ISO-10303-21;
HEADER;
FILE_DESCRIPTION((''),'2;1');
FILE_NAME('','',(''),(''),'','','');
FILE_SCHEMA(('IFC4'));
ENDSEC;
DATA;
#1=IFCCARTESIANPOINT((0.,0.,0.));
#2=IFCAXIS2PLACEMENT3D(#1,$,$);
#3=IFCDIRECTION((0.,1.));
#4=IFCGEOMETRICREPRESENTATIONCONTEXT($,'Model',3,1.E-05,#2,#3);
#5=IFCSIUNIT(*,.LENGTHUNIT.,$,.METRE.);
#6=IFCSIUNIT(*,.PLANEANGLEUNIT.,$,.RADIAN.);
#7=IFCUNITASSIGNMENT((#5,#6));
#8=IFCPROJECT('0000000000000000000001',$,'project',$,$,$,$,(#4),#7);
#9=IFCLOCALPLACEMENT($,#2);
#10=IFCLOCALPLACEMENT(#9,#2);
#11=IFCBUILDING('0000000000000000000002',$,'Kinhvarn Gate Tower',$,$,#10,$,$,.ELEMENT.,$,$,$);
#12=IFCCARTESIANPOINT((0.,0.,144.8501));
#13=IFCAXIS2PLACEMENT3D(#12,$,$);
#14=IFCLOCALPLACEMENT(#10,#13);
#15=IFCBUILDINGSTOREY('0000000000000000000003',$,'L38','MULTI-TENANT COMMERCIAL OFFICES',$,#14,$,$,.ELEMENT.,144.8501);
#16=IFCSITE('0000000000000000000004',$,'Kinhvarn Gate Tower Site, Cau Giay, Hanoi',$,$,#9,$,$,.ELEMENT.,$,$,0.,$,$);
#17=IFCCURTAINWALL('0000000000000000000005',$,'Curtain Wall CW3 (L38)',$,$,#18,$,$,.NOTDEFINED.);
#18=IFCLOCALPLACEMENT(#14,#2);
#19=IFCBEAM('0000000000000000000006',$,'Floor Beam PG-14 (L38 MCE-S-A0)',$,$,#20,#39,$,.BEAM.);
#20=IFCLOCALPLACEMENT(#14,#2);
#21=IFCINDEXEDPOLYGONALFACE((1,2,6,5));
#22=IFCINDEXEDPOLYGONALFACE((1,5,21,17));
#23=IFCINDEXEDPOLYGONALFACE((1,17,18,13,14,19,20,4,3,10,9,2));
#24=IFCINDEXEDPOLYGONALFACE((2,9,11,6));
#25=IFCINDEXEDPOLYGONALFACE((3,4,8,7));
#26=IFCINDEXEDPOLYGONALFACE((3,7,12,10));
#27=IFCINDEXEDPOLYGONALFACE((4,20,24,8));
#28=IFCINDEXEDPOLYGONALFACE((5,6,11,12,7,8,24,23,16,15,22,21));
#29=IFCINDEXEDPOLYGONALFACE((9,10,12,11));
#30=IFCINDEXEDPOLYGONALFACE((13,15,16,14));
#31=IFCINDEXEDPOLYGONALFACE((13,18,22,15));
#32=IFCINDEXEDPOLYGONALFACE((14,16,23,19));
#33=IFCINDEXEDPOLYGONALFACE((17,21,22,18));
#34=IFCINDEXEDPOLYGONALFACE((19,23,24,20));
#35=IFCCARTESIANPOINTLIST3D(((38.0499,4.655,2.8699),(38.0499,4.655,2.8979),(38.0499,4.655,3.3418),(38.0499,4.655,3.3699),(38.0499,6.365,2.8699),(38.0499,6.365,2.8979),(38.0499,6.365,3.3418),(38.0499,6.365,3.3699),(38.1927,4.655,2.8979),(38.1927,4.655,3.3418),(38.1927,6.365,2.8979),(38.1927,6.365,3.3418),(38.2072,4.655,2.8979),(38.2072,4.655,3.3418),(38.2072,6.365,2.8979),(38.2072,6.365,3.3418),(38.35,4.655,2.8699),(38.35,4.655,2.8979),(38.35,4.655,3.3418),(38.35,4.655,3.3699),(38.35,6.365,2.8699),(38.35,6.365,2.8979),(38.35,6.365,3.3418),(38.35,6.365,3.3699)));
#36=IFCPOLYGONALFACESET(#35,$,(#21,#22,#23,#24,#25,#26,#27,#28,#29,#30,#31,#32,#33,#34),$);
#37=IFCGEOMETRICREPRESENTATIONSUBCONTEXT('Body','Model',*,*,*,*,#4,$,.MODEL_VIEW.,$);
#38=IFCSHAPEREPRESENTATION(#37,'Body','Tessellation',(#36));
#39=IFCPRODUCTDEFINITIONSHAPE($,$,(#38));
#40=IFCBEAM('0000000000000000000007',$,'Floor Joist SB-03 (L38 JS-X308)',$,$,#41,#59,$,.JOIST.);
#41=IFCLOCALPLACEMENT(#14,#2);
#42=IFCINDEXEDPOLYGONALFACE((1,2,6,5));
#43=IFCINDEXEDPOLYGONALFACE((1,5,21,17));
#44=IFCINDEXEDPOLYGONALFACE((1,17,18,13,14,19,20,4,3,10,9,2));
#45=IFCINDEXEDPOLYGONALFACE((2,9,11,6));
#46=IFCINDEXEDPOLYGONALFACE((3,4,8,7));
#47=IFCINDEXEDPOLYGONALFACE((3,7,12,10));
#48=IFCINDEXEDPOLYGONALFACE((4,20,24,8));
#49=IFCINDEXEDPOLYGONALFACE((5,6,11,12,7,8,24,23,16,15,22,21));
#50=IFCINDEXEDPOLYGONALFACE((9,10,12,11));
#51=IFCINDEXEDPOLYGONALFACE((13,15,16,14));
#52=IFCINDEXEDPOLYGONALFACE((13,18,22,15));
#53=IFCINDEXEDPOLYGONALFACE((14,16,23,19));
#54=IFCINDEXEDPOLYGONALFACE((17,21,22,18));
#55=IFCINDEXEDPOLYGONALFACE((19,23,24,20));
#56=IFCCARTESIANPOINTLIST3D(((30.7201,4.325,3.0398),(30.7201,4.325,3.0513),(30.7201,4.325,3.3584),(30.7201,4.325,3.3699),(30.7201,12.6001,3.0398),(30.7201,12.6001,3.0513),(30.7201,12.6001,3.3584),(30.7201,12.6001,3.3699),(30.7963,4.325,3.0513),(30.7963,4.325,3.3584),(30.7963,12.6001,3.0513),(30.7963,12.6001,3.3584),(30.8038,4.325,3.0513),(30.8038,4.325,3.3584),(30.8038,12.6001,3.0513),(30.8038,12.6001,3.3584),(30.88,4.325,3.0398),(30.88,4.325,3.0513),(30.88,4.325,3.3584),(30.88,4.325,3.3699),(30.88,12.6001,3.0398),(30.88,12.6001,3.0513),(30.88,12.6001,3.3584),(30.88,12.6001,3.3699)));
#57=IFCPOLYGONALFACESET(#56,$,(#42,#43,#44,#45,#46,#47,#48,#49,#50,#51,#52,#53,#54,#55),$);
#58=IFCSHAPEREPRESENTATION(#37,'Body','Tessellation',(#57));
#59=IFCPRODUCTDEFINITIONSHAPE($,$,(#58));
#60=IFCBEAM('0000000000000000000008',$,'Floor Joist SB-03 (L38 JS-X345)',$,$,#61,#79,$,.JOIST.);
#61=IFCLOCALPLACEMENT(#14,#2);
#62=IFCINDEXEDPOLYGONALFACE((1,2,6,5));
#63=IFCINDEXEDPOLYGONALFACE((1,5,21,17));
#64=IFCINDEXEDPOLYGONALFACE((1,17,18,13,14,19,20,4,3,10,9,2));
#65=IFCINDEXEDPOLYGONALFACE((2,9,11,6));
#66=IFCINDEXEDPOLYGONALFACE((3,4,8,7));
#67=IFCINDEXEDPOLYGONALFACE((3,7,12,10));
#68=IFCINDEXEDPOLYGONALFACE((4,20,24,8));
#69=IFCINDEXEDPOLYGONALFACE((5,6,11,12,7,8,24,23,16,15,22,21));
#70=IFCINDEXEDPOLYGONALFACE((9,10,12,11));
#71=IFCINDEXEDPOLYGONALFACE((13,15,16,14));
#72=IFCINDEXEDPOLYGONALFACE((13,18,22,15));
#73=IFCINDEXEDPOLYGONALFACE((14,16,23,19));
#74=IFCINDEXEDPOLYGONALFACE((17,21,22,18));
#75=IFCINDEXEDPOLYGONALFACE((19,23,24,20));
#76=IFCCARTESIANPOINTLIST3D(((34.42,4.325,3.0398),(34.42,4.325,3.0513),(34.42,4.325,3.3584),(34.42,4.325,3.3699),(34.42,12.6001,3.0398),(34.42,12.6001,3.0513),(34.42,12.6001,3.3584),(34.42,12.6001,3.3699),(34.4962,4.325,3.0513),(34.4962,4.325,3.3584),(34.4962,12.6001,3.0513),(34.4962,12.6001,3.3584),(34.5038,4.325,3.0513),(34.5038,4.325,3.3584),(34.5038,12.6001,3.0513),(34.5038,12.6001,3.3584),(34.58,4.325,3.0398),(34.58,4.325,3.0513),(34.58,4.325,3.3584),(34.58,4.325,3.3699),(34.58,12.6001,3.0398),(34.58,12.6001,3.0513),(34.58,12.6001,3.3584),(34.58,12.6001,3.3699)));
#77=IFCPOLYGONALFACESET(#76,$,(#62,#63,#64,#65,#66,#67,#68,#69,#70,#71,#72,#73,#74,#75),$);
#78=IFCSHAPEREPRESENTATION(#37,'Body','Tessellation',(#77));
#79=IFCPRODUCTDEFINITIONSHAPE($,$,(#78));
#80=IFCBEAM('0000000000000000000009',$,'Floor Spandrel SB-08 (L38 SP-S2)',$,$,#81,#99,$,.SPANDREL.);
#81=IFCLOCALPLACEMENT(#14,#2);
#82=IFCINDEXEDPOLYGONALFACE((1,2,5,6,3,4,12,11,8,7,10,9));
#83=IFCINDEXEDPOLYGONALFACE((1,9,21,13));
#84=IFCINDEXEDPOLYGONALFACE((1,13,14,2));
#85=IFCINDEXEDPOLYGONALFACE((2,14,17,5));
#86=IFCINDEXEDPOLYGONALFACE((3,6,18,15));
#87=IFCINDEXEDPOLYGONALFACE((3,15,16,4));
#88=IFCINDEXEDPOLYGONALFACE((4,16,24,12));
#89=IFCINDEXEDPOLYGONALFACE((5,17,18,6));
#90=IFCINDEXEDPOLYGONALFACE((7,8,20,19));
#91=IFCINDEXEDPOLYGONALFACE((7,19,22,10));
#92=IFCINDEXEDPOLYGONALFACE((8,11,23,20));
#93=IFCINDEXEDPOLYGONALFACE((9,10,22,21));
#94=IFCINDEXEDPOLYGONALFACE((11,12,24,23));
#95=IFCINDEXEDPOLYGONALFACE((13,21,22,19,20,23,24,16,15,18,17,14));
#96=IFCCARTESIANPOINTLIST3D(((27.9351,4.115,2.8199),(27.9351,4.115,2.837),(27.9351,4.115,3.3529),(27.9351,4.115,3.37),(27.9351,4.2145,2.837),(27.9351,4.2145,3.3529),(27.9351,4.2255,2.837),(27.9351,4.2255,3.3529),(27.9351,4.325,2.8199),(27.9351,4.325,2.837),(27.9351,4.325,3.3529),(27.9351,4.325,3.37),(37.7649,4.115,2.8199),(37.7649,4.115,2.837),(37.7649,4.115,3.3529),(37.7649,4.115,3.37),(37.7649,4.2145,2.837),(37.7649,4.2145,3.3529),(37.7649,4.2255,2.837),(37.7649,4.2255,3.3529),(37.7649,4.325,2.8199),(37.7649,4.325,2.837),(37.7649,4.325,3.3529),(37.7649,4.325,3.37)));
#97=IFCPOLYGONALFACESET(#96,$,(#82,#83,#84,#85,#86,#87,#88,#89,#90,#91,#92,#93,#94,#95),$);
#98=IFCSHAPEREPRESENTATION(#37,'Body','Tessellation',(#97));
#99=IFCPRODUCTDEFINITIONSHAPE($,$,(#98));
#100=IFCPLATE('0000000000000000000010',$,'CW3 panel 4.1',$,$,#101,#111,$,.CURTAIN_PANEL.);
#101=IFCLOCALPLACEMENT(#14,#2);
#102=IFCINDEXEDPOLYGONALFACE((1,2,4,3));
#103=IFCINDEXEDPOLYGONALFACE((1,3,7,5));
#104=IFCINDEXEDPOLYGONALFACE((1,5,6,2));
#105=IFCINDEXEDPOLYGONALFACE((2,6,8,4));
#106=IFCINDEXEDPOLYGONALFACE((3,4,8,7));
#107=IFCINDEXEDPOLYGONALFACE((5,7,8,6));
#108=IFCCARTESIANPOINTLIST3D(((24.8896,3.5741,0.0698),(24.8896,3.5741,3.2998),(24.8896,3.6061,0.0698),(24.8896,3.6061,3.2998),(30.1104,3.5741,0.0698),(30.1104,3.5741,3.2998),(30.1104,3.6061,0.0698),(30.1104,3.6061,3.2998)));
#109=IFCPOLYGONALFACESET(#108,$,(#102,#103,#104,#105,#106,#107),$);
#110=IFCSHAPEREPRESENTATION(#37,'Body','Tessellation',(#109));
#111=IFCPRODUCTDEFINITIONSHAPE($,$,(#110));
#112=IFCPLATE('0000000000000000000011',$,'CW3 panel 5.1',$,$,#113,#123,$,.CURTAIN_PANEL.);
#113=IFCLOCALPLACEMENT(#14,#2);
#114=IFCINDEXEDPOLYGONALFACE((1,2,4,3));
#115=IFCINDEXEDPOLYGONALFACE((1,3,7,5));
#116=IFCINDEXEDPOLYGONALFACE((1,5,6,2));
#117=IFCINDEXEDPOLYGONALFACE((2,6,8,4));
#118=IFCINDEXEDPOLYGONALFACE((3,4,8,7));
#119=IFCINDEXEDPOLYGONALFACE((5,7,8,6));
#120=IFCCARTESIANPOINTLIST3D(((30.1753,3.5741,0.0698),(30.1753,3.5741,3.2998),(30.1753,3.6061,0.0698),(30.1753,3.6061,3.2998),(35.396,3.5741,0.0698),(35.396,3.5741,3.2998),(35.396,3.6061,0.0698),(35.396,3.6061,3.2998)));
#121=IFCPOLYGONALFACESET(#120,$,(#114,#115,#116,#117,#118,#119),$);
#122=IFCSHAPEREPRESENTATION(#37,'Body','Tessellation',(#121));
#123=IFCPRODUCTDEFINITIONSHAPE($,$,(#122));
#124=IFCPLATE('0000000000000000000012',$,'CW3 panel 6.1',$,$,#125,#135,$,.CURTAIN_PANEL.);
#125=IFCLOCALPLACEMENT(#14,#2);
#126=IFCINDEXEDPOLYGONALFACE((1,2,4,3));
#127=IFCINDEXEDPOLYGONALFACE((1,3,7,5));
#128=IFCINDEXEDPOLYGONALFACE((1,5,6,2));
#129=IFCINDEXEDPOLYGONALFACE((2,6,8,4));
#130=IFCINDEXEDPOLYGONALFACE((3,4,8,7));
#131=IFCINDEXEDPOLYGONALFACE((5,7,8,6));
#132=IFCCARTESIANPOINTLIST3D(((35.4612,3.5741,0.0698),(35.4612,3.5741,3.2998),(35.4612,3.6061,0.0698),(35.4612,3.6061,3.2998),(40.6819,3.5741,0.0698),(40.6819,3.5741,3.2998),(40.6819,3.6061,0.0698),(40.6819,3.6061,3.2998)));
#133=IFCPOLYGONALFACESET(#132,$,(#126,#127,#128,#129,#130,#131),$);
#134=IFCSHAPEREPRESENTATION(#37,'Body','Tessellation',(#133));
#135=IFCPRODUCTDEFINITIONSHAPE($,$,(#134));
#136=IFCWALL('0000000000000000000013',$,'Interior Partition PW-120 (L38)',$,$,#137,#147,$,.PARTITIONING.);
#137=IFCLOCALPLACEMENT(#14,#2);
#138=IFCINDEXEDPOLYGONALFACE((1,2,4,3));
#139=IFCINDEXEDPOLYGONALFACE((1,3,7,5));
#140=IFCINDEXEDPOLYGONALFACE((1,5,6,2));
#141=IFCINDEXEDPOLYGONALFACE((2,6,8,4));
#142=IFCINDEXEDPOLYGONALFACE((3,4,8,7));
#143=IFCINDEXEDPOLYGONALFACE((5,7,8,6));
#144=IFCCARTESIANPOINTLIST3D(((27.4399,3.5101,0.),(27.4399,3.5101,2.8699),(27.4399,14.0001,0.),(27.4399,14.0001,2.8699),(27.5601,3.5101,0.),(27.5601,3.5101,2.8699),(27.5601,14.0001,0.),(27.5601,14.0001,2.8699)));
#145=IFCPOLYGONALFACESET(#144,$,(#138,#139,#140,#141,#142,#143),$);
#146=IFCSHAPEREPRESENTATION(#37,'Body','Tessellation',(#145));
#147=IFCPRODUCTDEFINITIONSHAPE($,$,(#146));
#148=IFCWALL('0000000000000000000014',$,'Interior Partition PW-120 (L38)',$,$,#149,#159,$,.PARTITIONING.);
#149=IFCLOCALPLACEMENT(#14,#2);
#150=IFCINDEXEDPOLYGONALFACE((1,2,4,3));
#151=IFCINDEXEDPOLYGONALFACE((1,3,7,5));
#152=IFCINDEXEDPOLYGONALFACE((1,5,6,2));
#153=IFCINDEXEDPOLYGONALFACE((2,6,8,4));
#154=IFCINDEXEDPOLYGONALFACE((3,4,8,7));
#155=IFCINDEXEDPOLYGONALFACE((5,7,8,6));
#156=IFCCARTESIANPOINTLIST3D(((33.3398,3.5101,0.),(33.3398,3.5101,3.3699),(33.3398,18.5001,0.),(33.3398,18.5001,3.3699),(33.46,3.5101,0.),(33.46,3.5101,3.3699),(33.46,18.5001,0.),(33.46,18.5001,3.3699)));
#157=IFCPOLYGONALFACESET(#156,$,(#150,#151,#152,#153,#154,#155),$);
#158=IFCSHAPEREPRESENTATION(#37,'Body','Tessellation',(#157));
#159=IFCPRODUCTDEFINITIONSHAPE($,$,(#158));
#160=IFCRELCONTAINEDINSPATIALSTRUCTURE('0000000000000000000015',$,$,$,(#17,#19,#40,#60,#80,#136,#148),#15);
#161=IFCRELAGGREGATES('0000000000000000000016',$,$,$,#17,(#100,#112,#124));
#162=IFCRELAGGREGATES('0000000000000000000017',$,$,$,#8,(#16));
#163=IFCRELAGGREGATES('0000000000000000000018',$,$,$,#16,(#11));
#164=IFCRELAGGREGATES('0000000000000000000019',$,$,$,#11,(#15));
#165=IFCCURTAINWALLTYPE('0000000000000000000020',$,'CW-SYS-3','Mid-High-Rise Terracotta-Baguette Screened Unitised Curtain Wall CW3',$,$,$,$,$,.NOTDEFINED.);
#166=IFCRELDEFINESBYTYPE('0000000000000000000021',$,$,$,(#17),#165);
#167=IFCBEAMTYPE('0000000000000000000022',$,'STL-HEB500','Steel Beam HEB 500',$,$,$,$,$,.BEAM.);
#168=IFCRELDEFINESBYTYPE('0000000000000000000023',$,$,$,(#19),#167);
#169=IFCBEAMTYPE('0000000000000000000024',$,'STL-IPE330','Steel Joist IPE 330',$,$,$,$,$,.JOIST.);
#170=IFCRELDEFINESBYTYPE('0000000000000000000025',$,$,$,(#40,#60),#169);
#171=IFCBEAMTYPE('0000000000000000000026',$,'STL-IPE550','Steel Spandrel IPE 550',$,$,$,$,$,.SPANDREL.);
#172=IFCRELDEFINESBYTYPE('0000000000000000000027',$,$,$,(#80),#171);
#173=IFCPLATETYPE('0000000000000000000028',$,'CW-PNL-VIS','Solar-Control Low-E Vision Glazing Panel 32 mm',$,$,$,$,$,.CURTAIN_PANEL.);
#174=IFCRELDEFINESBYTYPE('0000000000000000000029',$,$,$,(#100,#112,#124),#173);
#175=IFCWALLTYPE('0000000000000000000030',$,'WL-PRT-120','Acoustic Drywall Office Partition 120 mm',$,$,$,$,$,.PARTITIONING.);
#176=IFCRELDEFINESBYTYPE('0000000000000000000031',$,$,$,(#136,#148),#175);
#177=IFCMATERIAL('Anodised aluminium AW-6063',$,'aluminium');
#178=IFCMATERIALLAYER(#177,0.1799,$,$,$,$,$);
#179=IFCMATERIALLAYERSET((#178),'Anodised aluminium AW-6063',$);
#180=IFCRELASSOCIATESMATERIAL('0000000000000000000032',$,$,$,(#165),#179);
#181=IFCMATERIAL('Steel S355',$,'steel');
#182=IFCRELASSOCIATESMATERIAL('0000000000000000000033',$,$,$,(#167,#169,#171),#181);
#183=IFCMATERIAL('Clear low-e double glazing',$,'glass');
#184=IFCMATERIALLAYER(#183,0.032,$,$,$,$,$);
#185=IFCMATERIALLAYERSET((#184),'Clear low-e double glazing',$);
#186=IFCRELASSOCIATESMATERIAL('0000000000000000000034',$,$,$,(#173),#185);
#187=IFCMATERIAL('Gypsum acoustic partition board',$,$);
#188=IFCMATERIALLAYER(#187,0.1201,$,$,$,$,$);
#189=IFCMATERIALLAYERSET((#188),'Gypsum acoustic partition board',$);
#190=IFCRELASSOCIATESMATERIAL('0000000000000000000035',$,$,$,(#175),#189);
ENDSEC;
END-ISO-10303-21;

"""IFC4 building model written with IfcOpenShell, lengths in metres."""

from ifc_helpers import new_model, si_unit, direction, frame, frame_2d, origin, origin_2d, place, context, subcontext, project, spatial, rectangle, i_section, extrude, material, layer, layer_set, material_profile, profile_set, type_object, element, aggregate, save


model = new_model("IFC4")

# Units and contexts
model_context = context("Model", 3, precision=1e-05, world=origin(), true_north=direction((0.0, 1.0)))
body_context = subcontext(model_context, "Body", "Model", "MODEL_VIEW")
ifc_project = project(units=[si_unit("LENGTHUNIT", "METRE"), si_unit("PLANEANGLEUNIT", "RADIAN")], contexts=[model_context])

# Site, building, storey
site_placement = place(None, origin())
site = spatial("IfcSite", under=ifc_project, at=site_placement, Name="Kinhvarn Gate Tower Site, Cau Giay, Hanoi", CompositionType="ELEMENT", RefElevation=0.0)
building_placement = place(site_placement, origin())
building = spatial("IfcBuilding", under=site, at=building_placement, Name="Kinhvarn Gate Tower", CompositionType="ELEMENT")
storey_placement = place(building_placement, frame((0.0, 0.0, 144.8501)))
storey = spatial("IfcBuildingStorey", under=building, at=storey_placement, Name="L38", Description="MULTI-TENANT COMMERCIAL OFFICES", CompositionType="ELEMENT", Elevation=144.8501)

# Curtain wall
ifc_material_1 = material(Name="Anodised aluminium AW-6063", Category="aluminium")
ifc_layer_1 = layer(ifc_material_1, 0.1799)
ifc_layer_set_1 = layer_set([ifc_layer_1], Name="Anodised aluminium AW-6063")
curtain_wall_type = type_object("IfcCurtainWallType", Name="CW-SYS-3", Description="Mid-High-Rise Terracotta-Baguette Screened Unitised Curtain Wall CW3", PredefinedType="NOTDEFINED", material=ifc_layer_set_1)
curtain_wall_placement = place(storey_placement, origin())
curtain_wall = element("IfcCurtainWall", 1, at=curtain_wall_placement, inside=storey, type_object=curtain_wall_type, Name="Curtain Wall CW3 (L38)", PredefinedType="NOTDEFINED")

# Beams
ifc_material_2 = material(Name="Steel S355", Category="steel")
ifc_material_profile_1 = material_profile(ifc_material_2, i_section(OverallWidth=0.3, OverallDepth=0.5, WebThickness=0.0144, FlangeThickness=0.0281, at=origin_2d()), Name="HEB 500")
ifc_profile_set_1 = profile_set([ifc_material_profile_1], Name="Steel S355")
beam_type_1 = type_object("IfcBeamType", Name="STL-HEB500", Description="Steel Beam HEB 500", PredefinedType="BEAM", material=ifc_profile_set_1)
beam_1_placement = place(storey_placement, frame((38.2, 4.655, 3.1199), z_axis=(0.0, 1.0, 0.0), x_axis=(-1.0, 0.0, 0.0)))
element("IfcBeam", 2, at=beam_1_placement, inside=storey, type_object=beam_type_1, Name="Floor Beam PG-14 (L38 MCE-S-A0)", PredefinedType="BEAM", context=body_context, shape_type="SweptSolid", body=[
    extrude(i_section(OverallWidth=0.3, OverallDepth=0.5, WebThickness=0.0144, FlangeThickness=0.0281, at=origin_2d()), origin(), (0.0, 0.0, 1.0), 1.71),
])
ifc_material_profile_2 = material_profile(ifc_material_2, i_section(OverallWidth=0.1599, OverallDepth=0.3301, WebThickness=0.0076, FlangeThickness=0.0115, at=origin_2d()), Name="IPE 330")
ifc_profile_set_2 = profile_set([ifc_material_profile_2], Name="Steel S355")
beam_type_2 = type_object("IfcBeamType", Name="STL-IPE330", Description="Steel Joist IPE 330", PredefinedType="JOIST", material=ifc_profile_set_2)
for number, where, z_axis, x_axis, name in (
    (3, (30.8, 4.325, 3.2048), (0.0, 1.0, 0.0), (-1.0, 0.0, 0.0), "Floor Joist SB-03 (L38 JS-X308)"),
    (4, (34.5, 4.325, 3.2048), (0.0, 1.0, 0.0), (-1.0, 0.0, 0.0), "Floor Joist SB-03 (L38 JS-X345)"),
):
    element("IfcBeam", number, at=place(storey_placement, frame(where, z_axis=z_axis, x_axis=x_axis)), inside=storey, type_object=beam_type_2, Name=name, PredefinedType="JOIST", context=body_context, shape_type="SweptSolid", body=[
        extrude(i_section(OverallWidth=0.1599, OverallDepth=0.3301, WebThickness=0.0076, FlangeThickness=0.0115, at=origin_2d()), origin(), (0.0, 0.0, 1.0), 8.2751),
    ])
ifc_material_profile_3 = material_profile(ifc_material_2, i_section(OverallWidth=0.21, OverallDepth=0.55, WebThickness=0.011, FlangeThickness=0.0171, at=origin_2d()), Name="IPE 550")
ifc_profile_set_3 = profile_set([ifc_material_profile_3], Name="Steel S355")
beam_type_3 = type_object("IfcBeamType", Name="STL-IPE550", Description="Steel Spandrel IPE 550", PredefinedType="SPANDREL", material=ifc_profile_set_3)
beam_2_placement = place(storey_placement, frame((27.9351, 4.22, 3.095), z_axis=(1.0, 0.0, 0.0), x_axis=(0.0, 1.0, 0.0)))
element("IfcBeam", 5, at=beam_2_placement, inside=storey, type_object=beam_type_3, Name="Floor Spandrel SB-08 (L38 SP-S2)", PredefinedType="SPANDREL", context=body_context, shape_type="SweptSolid", body=[
    extrude(i_section(OverallWidth=0.21, OverallDepth=0.55, WebThickness=0.011, FlangeThickness=0.0171, at=origin_2d()), origin(), (0.0, 0.0, 1.0), 9.8298),
])

# Plates
ifc_material_3 = material(Name="Clear low-e double glazing", Category="glass")
ifc_layer_2 = layer(ifc_material_3, 0.032)
ifc_layer_set_2 = layer_set([ifc_layer_2], Name="Clear low-e double glazing")
plate_type = type_object("IfcPlateType", Name="CW-PNL-VIS", Description="Solar-Control Low-E Vision Glazing Panel 32 mm", PredefinedType="CURTAIN_PANEL", material=ifc_layer_set_2)
plate_1_placement = place(storey_placement, frame((27.5, 3.5901, 0.0698), z_axis=(0.0, 0.0, 1.0), x_axis=(1.0, 0.0, 0.0)))
plate_1 = element("IfcPlate", 6, at=plate_1_placement, type_object=plate_type, Name="CW3 panel 4.1", PredefinedType="CURTAIN_PANEL", context=body_context, shape_type="SweptSolid", body=[
    extrude(rectangle(XDim=5.2207, YDim=0.032, at=origin_2d()), origin(), (0.0, 0.0, 1.0), 3.23),
])
plate_2_placement = place(storey_placement, frame((32.7856, 3.5901, 0.0698), z_axis=(0.0, 0.0, 1.0), x_axis=(1.0, 0.0, 0.0)))
plate_2 = element("IfcPlate", 7, at=plate_2_placement, type_object=plate_type, Name="CW3 panel 5.1", PredefinedType="CURTAIN_PANEL", context=body_context, shape_type="SweptSolid", body=[
    extrude(rectangle(XDim=5.2207, YDim=0.032, at=origin_2d()), origin(), (0.0, 0.0, 1.0), 3.23),
])
plate_3_placement = place(storey_placement, frame((38.0715, 3.5901, 0.0698), z_axis=(0.0, 0.0, 1.0), x_axis=(1.0, 0.0, 0.0)))
plate_3 = element("IfcPlate", 8, at=plate_3_placement, type_object=plate_type, Name="CW3 panel 6.1", PredefinedType="CURTAIN_PANEL", context=body_context, shape_type="SweptSolid", body=[
    extrude(rectangle(XDim=5.2207, YDim=0.032, at=origin_2d()), origin(), (0.0, 0.0, 1.0), 3.23),
])
aggregate(curtain_wall, [plate_1, plate_2, plate_3])

# Walls
ifc_material_4 = material(Name="Gypsum acoustic partition board")
ifc_layer_3 = layer(ifc_material_4, 0.1201)
ifc_layer_set_3 = layer_set([ifc_layer_3], Name="Gypsum acoustic partition board")
wall_type = type_object("IfcWallType", Name="WL-PRT-120", Description="Acoustic Drywall Office Partition 120 mm", PredefinedType="PARTITIONING", material=ifc_layer_set_3)
wall_1_placement = place(storey_placement, frame((27.5, 3.51, 0.0), z_axis=(0.0, 0.0, 1.0), x_axis=(0.0, 1.0, 0.0)))
element("IfcWall", 9, at=wall_1_placement, inside=storey, type_object=wall_type, Name="Interior Partition PW-120 (L38)", PredefinedType="PARTITIONING", context=body_context, shape_type="SweptSolid", body=[
    extrude(rectangle(XDim=10.49, YDim=0.1201, at=frame_2d((5.2451, 0.0))), origin(), (0.0, 0.0, 1.0), 2.8699),
])
wall_2_placement = place(storey_placement, frame((33.3999, 3.51, 0.0), z_axis=(0.0, 0.0, 1.0), x_axis=(0.0, 1.0, 0.0)))
element("IfcWall", 10, at=wall_2_placement, inside=storey, type_object=wall_type, Name="Interior Partition PW-120 (L38)", PredefinedType="PARTITIONING", context=body_context, shape_type="SweptSolid", body=[
    extrude(rectangle(XDim=14.99, YDim=0.1201, at=frame_2d((7.4951, 0.0))), origin(), (0.0, 0.0, 1.0), 3.3699),
])

save(model, "model.ifc")
